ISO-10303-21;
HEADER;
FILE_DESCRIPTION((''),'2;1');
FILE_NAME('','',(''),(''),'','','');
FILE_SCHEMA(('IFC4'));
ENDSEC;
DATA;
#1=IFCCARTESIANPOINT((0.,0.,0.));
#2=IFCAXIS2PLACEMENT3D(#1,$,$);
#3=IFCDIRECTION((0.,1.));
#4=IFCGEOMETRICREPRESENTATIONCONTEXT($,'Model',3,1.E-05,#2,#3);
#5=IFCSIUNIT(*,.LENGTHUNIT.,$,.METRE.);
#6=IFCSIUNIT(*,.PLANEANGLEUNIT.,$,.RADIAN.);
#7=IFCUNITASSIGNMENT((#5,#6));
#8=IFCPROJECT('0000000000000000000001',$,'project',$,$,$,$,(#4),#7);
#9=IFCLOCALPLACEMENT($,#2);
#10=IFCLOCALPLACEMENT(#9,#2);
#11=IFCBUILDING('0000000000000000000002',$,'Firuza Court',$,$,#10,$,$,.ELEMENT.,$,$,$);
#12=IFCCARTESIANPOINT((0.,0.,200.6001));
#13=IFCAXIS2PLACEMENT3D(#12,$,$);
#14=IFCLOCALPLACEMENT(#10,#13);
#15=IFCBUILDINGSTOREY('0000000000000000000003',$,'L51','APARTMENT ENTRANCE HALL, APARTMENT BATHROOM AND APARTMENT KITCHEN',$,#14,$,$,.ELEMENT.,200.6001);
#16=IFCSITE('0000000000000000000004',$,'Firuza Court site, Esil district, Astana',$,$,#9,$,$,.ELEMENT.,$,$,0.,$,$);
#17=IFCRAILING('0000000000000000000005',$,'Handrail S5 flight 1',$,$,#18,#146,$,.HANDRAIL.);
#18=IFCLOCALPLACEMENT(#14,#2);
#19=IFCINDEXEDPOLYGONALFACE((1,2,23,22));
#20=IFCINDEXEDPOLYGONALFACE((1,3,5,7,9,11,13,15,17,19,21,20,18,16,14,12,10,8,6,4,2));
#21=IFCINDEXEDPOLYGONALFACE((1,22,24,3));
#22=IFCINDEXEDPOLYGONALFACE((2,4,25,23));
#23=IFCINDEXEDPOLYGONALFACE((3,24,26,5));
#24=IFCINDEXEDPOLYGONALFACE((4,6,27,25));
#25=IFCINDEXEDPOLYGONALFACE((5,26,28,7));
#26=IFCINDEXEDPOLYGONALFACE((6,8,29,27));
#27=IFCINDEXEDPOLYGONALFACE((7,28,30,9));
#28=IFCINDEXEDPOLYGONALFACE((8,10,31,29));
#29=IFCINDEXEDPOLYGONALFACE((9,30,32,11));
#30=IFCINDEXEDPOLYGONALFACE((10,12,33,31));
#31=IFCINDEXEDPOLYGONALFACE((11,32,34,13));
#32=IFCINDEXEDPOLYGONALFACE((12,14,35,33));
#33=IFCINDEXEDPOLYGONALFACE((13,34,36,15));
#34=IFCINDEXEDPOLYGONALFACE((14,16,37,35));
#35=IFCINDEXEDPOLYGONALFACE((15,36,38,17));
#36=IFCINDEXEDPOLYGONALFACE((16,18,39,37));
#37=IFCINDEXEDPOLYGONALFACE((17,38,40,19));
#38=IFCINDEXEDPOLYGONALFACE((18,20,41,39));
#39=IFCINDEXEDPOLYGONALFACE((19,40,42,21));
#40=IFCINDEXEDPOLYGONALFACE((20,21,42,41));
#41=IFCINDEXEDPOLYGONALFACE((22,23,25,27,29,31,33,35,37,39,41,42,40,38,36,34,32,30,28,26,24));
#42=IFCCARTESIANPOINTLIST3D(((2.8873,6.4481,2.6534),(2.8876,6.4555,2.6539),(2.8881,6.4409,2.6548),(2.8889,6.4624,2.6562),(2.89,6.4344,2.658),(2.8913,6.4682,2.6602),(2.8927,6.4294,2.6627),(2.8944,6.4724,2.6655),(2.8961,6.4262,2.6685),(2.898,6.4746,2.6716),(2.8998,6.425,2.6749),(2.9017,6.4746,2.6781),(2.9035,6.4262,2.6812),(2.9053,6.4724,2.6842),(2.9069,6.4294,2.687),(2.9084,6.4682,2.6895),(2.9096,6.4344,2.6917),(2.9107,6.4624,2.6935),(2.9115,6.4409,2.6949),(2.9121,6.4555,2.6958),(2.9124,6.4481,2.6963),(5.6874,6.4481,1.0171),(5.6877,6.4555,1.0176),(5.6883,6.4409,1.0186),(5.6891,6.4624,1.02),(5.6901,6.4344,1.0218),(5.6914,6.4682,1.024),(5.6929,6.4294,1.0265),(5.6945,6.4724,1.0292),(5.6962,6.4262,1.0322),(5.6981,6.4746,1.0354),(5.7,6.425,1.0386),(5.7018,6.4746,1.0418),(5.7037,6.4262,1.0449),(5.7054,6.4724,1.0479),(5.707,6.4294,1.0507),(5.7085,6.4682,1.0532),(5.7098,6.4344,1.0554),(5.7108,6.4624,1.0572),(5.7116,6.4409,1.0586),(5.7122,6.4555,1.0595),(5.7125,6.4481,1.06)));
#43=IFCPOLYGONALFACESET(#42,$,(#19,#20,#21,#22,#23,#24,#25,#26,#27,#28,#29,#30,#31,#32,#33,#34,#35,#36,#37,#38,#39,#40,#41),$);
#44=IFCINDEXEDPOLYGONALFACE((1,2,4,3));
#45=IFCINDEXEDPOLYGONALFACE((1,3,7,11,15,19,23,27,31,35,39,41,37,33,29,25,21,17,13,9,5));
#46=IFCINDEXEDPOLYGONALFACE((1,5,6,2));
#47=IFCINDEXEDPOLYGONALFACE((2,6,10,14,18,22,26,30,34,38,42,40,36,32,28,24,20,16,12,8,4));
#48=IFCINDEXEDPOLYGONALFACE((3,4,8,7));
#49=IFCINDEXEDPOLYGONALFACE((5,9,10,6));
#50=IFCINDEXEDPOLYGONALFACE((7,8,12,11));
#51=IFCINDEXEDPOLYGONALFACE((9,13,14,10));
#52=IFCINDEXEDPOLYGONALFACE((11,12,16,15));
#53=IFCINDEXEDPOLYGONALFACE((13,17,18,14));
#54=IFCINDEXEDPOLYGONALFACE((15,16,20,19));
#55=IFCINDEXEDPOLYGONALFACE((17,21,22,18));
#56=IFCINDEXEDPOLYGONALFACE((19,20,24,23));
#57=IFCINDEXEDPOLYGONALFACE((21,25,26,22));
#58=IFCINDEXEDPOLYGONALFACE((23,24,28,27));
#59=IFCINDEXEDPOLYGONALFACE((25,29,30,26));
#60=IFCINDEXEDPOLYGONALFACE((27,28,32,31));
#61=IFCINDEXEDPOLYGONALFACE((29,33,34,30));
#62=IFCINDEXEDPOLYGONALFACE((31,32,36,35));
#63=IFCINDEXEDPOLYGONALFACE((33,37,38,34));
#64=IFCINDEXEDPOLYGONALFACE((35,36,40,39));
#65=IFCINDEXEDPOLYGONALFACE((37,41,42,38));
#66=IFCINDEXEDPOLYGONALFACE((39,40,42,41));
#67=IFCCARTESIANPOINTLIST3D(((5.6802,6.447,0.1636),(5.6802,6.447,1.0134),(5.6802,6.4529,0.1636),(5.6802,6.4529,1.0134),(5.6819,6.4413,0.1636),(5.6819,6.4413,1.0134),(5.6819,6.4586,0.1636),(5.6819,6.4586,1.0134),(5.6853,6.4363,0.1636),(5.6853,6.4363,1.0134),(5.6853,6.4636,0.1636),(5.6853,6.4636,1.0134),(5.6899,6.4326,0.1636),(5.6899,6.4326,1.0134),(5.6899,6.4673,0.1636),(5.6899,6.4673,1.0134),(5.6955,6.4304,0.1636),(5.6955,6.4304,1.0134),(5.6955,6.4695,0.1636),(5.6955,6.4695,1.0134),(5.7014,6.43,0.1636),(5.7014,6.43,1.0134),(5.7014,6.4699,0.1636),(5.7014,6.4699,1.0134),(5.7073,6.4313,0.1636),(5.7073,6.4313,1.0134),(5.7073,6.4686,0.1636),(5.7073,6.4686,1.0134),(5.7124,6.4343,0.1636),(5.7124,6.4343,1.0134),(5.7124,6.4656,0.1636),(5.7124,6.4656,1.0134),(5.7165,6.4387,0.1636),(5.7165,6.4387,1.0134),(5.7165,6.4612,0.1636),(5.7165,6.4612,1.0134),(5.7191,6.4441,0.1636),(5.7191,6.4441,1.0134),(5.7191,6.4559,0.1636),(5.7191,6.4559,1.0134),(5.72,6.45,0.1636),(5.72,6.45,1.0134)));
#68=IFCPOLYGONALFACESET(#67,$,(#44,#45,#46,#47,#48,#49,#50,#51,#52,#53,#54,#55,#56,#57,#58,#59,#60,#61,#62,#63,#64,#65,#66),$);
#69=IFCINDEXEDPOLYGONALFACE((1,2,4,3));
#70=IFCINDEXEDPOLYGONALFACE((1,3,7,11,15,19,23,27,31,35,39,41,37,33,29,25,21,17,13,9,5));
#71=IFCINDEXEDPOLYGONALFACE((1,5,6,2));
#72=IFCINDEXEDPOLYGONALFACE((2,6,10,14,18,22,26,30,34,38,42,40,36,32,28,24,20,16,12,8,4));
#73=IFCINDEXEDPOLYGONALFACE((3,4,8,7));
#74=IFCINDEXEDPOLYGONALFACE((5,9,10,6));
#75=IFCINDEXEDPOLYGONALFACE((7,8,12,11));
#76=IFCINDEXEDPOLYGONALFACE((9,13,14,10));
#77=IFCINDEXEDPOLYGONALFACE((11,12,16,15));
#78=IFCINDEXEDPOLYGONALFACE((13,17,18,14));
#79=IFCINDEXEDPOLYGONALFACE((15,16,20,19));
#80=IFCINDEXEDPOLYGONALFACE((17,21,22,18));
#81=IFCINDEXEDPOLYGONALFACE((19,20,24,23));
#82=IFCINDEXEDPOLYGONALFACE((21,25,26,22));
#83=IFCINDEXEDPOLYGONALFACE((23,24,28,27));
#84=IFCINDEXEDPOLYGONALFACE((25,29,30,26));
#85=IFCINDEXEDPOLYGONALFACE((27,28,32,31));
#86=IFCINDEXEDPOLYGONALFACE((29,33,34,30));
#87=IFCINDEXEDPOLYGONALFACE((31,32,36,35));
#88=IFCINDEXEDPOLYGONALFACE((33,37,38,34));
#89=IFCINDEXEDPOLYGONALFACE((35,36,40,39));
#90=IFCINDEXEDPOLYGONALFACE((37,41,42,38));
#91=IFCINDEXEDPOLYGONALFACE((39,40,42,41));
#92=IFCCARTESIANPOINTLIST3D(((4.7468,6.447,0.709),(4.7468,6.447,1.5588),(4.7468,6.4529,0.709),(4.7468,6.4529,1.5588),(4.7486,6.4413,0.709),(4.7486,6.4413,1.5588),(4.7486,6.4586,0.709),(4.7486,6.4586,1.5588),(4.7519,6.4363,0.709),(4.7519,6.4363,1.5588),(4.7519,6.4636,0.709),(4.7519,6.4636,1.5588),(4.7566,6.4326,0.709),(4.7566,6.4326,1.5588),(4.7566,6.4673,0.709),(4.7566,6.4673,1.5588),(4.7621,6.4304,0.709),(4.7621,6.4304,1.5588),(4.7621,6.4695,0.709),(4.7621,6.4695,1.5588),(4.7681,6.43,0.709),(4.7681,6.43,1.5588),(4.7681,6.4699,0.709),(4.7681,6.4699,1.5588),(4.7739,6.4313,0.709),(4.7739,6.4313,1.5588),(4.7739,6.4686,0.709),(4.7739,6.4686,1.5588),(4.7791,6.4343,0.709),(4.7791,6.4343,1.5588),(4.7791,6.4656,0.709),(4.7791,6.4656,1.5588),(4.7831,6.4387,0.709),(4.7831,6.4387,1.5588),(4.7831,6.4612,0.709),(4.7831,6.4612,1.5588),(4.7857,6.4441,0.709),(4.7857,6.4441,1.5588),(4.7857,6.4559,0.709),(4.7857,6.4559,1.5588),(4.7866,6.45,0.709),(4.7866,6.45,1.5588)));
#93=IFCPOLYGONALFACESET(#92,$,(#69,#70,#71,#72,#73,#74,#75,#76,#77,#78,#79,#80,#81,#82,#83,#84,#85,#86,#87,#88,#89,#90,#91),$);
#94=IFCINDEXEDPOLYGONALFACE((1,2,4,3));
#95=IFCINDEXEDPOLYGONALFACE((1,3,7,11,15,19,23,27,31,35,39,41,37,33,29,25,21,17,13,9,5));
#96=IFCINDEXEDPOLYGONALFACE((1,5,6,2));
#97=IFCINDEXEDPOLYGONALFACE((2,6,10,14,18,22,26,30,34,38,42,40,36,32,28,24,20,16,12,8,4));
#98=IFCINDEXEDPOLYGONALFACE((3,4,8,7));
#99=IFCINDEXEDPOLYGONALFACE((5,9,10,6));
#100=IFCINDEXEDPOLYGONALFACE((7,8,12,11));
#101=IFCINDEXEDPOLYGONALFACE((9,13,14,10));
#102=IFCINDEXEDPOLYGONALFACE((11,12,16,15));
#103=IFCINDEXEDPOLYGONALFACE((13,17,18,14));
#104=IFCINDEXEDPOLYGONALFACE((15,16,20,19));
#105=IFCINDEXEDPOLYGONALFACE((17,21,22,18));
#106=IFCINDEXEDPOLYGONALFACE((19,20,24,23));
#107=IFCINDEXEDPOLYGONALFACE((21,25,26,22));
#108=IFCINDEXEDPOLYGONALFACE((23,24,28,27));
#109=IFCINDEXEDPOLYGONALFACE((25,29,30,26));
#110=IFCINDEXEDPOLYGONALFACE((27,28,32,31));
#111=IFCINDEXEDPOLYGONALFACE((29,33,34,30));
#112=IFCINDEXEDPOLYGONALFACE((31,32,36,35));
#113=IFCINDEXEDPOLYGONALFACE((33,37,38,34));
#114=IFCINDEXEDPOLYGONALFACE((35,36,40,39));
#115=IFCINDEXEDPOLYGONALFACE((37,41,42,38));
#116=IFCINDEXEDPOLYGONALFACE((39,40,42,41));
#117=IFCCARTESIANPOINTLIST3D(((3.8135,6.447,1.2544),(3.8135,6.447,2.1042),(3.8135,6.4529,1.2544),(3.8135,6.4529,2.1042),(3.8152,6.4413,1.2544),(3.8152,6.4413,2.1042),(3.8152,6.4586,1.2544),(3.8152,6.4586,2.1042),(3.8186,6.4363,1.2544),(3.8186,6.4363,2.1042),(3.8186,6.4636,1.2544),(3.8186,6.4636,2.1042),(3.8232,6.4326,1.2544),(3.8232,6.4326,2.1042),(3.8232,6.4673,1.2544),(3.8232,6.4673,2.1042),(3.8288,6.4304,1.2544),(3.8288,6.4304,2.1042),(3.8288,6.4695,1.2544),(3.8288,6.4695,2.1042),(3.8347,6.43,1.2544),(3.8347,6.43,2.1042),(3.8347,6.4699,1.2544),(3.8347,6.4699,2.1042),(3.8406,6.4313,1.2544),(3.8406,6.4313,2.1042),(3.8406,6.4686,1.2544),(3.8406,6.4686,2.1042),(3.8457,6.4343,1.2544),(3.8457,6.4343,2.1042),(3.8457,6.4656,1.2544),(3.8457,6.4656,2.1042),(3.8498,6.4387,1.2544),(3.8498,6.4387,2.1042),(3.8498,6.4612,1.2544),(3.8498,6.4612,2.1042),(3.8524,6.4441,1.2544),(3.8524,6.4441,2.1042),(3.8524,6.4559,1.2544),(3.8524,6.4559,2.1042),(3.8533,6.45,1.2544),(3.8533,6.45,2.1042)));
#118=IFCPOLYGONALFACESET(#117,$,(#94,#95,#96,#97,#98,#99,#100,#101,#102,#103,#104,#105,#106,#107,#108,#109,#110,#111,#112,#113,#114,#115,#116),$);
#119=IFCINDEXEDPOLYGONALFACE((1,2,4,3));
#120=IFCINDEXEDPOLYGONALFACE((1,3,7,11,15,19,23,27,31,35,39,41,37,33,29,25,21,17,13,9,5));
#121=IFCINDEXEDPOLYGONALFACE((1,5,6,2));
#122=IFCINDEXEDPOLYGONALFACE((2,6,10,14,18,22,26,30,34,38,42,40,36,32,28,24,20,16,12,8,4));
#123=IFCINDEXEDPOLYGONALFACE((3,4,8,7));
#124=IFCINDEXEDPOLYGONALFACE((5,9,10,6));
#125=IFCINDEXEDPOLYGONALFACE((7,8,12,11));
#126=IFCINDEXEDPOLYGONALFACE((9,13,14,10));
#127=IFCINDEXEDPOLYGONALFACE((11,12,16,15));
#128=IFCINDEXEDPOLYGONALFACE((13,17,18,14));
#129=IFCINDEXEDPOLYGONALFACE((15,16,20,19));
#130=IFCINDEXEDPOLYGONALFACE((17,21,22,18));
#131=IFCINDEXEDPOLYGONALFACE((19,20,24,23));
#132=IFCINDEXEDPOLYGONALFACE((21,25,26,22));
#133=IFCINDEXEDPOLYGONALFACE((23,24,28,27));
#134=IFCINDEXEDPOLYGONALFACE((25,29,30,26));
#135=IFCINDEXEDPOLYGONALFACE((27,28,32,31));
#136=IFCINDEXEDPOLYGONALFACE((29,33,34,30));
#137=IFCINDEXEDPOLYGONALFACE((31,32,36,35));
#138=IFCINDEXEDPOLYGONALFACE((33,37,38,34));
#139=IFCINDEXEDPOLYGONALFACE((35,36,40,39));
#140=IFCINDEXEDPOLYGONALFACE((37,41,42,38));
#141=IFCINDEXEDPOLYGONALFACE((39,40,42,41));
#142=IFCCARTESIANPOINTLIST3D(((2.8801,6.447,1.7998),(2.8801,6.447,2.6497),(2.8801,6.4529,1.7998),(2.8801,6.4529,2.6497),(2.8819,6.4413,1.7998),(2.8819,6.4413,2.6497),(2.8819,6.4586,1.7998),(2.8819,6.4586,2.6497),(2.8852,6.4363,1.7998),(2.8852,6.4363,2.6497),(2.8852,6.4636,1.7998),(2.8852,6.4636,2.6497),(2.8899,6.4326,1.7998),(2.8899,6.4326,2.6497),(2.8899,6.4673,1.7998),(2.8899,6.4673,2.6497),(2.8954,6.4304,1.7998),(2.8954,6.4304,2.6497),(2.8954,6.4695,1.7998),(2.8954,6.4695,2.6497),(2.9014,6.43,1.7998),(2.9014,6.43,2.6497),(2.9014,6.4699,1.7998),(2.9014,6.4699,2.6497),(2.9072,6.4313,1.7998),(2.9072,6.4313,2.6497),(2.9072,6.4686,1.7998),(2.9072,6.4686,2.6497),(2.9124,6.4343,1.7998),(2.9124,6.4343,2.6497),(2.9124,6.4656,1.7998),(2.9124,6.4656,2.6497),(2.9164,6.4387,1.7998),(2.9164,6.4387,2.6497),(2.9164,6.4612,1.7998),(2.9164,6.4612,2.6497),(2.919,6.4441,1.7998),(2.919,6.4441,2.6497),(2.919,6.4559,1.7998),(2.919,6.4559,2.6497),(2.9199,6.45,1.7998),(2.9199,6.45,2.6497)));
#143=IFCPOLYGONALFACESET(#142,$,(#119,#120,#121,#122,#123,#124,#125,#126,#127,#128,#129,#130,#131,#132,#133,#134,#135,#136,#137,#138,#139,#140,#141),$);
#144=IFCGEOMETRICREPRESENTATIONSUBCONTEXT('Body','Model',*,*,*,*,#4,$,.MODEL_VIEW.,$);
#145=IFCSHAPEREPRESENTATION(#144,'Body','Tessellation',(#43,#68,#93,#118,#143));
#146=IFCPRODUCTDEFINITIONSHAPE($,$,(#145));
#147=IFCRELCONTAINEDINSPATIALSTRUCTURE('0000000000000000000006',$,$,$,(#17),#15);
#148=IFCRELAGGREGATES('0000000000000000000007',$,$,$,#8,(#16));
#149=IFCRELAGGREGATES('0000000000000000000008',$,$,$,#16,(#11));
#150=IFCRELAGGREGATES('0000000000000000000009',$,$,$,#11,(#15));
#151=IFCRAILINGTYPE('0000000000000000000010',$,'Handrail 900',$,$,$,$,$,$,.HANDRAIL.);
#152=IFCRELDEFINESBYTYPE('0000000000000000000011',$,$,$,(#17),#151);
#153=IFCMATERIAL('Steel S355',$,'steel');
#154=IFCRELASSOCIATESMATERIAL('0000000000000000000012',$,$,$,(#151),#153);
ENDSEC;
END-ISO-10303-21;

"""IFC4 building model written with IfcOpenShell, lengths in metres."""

from ifc_helpers import new_model, si_unit, direction, frame, origin, origin_2d, place, context, subcontext, project, spatial, circle, extrude, material, type_object, element, save


model = new_model("IFC4")

# Units and contexts
model_context = context("Model", 3, precision=1e-05, world=origin(), true_north=direction((0.0, 1.0)))
body_context = subcontext(model_context, "Body", "Model", "MODEL_VIEW")
ifc_project = project(units=[si_unit("LENGTHUNIT", "METRE"), si_unit("PLANEANGLEUNIT", "RADIAN")], contexts=[model_context])

# Site, building, storey
site_placement = place(None, origin())
site = spatial("IfcSite", under=ifc_project, at=site_placement, Name="Firuza Court site, Esil district, Astana", CompositionType="ELEMENT", RefElevation=0.0)
building_placement = place(site_placement, origin())
building = spatial("IfcBuilding", under=site, at=building_placement, Name="Firuza Court", CompositionType="ELEMENT")
storey_placement = place(building_placement, frame((0.0, 0.0, 200.6001)))
storey = spatial("IfcBuildingStorey", under=building, at=storey_placement, Name="L51", Description="APARTMENT ENTRANCE HALL, APARTMENT BATHROOM AND APARTMENT KITCHEN", CompositionType="ELEMENT", Elevation=200.6001)

# Railing
ifc_material_1 = material(Name="Steel S355", Category="steel")
railing_type_1 = type_object("IfcRailingType", Name="Handrail 900", PredefinedType="HANDRAIL", material=ifc_material_1)
railing_1_placement = place(storey_placement, frame((5.7, 6.45, 0.1636)))
element("IfcRailing", 1, at=railing_1_placement, inside=storey, type_object=railing_type_1, Name="Handrail S5 flight 1", PredefinedType="HANDRAIL", context=body_context, shape_type="SweptSolid", body=[
    extrude(circle(Radius=0.0249, at=origin_2d()), frame((0.0, 0.0, 0.875), z_axis=(-0.863394, 0.0, 0.504531), x_axis=(0.0, -1.0, 0.0)), (0.0, 0.0, 1.0), 3.2432),
    extrude(circle(Radius=0.02, at=origin_2d()), origin(), (0.0, 0.0, 1.0), 0.8499),
    extrude(circle(Radius=0.02, at=origin_2d()), frame((-0.9333, 0.0, 0.5454)), (0.0, 0.0, 1.0), 0.8499),
    extrude(circle(Radius=0.02, at=origin_2d()), frame((-1.8667, 0.0, 1.0908)), (0.0, 0.0, 1.0), 0.8499),
    extrude(circle(Radius=0.02, at=origin_2d()), frame((-2.8, 0.0, 1.6362)), (0.0, 0.0, 1.0), 0.8499),
])

save(model, "model.ifc")
